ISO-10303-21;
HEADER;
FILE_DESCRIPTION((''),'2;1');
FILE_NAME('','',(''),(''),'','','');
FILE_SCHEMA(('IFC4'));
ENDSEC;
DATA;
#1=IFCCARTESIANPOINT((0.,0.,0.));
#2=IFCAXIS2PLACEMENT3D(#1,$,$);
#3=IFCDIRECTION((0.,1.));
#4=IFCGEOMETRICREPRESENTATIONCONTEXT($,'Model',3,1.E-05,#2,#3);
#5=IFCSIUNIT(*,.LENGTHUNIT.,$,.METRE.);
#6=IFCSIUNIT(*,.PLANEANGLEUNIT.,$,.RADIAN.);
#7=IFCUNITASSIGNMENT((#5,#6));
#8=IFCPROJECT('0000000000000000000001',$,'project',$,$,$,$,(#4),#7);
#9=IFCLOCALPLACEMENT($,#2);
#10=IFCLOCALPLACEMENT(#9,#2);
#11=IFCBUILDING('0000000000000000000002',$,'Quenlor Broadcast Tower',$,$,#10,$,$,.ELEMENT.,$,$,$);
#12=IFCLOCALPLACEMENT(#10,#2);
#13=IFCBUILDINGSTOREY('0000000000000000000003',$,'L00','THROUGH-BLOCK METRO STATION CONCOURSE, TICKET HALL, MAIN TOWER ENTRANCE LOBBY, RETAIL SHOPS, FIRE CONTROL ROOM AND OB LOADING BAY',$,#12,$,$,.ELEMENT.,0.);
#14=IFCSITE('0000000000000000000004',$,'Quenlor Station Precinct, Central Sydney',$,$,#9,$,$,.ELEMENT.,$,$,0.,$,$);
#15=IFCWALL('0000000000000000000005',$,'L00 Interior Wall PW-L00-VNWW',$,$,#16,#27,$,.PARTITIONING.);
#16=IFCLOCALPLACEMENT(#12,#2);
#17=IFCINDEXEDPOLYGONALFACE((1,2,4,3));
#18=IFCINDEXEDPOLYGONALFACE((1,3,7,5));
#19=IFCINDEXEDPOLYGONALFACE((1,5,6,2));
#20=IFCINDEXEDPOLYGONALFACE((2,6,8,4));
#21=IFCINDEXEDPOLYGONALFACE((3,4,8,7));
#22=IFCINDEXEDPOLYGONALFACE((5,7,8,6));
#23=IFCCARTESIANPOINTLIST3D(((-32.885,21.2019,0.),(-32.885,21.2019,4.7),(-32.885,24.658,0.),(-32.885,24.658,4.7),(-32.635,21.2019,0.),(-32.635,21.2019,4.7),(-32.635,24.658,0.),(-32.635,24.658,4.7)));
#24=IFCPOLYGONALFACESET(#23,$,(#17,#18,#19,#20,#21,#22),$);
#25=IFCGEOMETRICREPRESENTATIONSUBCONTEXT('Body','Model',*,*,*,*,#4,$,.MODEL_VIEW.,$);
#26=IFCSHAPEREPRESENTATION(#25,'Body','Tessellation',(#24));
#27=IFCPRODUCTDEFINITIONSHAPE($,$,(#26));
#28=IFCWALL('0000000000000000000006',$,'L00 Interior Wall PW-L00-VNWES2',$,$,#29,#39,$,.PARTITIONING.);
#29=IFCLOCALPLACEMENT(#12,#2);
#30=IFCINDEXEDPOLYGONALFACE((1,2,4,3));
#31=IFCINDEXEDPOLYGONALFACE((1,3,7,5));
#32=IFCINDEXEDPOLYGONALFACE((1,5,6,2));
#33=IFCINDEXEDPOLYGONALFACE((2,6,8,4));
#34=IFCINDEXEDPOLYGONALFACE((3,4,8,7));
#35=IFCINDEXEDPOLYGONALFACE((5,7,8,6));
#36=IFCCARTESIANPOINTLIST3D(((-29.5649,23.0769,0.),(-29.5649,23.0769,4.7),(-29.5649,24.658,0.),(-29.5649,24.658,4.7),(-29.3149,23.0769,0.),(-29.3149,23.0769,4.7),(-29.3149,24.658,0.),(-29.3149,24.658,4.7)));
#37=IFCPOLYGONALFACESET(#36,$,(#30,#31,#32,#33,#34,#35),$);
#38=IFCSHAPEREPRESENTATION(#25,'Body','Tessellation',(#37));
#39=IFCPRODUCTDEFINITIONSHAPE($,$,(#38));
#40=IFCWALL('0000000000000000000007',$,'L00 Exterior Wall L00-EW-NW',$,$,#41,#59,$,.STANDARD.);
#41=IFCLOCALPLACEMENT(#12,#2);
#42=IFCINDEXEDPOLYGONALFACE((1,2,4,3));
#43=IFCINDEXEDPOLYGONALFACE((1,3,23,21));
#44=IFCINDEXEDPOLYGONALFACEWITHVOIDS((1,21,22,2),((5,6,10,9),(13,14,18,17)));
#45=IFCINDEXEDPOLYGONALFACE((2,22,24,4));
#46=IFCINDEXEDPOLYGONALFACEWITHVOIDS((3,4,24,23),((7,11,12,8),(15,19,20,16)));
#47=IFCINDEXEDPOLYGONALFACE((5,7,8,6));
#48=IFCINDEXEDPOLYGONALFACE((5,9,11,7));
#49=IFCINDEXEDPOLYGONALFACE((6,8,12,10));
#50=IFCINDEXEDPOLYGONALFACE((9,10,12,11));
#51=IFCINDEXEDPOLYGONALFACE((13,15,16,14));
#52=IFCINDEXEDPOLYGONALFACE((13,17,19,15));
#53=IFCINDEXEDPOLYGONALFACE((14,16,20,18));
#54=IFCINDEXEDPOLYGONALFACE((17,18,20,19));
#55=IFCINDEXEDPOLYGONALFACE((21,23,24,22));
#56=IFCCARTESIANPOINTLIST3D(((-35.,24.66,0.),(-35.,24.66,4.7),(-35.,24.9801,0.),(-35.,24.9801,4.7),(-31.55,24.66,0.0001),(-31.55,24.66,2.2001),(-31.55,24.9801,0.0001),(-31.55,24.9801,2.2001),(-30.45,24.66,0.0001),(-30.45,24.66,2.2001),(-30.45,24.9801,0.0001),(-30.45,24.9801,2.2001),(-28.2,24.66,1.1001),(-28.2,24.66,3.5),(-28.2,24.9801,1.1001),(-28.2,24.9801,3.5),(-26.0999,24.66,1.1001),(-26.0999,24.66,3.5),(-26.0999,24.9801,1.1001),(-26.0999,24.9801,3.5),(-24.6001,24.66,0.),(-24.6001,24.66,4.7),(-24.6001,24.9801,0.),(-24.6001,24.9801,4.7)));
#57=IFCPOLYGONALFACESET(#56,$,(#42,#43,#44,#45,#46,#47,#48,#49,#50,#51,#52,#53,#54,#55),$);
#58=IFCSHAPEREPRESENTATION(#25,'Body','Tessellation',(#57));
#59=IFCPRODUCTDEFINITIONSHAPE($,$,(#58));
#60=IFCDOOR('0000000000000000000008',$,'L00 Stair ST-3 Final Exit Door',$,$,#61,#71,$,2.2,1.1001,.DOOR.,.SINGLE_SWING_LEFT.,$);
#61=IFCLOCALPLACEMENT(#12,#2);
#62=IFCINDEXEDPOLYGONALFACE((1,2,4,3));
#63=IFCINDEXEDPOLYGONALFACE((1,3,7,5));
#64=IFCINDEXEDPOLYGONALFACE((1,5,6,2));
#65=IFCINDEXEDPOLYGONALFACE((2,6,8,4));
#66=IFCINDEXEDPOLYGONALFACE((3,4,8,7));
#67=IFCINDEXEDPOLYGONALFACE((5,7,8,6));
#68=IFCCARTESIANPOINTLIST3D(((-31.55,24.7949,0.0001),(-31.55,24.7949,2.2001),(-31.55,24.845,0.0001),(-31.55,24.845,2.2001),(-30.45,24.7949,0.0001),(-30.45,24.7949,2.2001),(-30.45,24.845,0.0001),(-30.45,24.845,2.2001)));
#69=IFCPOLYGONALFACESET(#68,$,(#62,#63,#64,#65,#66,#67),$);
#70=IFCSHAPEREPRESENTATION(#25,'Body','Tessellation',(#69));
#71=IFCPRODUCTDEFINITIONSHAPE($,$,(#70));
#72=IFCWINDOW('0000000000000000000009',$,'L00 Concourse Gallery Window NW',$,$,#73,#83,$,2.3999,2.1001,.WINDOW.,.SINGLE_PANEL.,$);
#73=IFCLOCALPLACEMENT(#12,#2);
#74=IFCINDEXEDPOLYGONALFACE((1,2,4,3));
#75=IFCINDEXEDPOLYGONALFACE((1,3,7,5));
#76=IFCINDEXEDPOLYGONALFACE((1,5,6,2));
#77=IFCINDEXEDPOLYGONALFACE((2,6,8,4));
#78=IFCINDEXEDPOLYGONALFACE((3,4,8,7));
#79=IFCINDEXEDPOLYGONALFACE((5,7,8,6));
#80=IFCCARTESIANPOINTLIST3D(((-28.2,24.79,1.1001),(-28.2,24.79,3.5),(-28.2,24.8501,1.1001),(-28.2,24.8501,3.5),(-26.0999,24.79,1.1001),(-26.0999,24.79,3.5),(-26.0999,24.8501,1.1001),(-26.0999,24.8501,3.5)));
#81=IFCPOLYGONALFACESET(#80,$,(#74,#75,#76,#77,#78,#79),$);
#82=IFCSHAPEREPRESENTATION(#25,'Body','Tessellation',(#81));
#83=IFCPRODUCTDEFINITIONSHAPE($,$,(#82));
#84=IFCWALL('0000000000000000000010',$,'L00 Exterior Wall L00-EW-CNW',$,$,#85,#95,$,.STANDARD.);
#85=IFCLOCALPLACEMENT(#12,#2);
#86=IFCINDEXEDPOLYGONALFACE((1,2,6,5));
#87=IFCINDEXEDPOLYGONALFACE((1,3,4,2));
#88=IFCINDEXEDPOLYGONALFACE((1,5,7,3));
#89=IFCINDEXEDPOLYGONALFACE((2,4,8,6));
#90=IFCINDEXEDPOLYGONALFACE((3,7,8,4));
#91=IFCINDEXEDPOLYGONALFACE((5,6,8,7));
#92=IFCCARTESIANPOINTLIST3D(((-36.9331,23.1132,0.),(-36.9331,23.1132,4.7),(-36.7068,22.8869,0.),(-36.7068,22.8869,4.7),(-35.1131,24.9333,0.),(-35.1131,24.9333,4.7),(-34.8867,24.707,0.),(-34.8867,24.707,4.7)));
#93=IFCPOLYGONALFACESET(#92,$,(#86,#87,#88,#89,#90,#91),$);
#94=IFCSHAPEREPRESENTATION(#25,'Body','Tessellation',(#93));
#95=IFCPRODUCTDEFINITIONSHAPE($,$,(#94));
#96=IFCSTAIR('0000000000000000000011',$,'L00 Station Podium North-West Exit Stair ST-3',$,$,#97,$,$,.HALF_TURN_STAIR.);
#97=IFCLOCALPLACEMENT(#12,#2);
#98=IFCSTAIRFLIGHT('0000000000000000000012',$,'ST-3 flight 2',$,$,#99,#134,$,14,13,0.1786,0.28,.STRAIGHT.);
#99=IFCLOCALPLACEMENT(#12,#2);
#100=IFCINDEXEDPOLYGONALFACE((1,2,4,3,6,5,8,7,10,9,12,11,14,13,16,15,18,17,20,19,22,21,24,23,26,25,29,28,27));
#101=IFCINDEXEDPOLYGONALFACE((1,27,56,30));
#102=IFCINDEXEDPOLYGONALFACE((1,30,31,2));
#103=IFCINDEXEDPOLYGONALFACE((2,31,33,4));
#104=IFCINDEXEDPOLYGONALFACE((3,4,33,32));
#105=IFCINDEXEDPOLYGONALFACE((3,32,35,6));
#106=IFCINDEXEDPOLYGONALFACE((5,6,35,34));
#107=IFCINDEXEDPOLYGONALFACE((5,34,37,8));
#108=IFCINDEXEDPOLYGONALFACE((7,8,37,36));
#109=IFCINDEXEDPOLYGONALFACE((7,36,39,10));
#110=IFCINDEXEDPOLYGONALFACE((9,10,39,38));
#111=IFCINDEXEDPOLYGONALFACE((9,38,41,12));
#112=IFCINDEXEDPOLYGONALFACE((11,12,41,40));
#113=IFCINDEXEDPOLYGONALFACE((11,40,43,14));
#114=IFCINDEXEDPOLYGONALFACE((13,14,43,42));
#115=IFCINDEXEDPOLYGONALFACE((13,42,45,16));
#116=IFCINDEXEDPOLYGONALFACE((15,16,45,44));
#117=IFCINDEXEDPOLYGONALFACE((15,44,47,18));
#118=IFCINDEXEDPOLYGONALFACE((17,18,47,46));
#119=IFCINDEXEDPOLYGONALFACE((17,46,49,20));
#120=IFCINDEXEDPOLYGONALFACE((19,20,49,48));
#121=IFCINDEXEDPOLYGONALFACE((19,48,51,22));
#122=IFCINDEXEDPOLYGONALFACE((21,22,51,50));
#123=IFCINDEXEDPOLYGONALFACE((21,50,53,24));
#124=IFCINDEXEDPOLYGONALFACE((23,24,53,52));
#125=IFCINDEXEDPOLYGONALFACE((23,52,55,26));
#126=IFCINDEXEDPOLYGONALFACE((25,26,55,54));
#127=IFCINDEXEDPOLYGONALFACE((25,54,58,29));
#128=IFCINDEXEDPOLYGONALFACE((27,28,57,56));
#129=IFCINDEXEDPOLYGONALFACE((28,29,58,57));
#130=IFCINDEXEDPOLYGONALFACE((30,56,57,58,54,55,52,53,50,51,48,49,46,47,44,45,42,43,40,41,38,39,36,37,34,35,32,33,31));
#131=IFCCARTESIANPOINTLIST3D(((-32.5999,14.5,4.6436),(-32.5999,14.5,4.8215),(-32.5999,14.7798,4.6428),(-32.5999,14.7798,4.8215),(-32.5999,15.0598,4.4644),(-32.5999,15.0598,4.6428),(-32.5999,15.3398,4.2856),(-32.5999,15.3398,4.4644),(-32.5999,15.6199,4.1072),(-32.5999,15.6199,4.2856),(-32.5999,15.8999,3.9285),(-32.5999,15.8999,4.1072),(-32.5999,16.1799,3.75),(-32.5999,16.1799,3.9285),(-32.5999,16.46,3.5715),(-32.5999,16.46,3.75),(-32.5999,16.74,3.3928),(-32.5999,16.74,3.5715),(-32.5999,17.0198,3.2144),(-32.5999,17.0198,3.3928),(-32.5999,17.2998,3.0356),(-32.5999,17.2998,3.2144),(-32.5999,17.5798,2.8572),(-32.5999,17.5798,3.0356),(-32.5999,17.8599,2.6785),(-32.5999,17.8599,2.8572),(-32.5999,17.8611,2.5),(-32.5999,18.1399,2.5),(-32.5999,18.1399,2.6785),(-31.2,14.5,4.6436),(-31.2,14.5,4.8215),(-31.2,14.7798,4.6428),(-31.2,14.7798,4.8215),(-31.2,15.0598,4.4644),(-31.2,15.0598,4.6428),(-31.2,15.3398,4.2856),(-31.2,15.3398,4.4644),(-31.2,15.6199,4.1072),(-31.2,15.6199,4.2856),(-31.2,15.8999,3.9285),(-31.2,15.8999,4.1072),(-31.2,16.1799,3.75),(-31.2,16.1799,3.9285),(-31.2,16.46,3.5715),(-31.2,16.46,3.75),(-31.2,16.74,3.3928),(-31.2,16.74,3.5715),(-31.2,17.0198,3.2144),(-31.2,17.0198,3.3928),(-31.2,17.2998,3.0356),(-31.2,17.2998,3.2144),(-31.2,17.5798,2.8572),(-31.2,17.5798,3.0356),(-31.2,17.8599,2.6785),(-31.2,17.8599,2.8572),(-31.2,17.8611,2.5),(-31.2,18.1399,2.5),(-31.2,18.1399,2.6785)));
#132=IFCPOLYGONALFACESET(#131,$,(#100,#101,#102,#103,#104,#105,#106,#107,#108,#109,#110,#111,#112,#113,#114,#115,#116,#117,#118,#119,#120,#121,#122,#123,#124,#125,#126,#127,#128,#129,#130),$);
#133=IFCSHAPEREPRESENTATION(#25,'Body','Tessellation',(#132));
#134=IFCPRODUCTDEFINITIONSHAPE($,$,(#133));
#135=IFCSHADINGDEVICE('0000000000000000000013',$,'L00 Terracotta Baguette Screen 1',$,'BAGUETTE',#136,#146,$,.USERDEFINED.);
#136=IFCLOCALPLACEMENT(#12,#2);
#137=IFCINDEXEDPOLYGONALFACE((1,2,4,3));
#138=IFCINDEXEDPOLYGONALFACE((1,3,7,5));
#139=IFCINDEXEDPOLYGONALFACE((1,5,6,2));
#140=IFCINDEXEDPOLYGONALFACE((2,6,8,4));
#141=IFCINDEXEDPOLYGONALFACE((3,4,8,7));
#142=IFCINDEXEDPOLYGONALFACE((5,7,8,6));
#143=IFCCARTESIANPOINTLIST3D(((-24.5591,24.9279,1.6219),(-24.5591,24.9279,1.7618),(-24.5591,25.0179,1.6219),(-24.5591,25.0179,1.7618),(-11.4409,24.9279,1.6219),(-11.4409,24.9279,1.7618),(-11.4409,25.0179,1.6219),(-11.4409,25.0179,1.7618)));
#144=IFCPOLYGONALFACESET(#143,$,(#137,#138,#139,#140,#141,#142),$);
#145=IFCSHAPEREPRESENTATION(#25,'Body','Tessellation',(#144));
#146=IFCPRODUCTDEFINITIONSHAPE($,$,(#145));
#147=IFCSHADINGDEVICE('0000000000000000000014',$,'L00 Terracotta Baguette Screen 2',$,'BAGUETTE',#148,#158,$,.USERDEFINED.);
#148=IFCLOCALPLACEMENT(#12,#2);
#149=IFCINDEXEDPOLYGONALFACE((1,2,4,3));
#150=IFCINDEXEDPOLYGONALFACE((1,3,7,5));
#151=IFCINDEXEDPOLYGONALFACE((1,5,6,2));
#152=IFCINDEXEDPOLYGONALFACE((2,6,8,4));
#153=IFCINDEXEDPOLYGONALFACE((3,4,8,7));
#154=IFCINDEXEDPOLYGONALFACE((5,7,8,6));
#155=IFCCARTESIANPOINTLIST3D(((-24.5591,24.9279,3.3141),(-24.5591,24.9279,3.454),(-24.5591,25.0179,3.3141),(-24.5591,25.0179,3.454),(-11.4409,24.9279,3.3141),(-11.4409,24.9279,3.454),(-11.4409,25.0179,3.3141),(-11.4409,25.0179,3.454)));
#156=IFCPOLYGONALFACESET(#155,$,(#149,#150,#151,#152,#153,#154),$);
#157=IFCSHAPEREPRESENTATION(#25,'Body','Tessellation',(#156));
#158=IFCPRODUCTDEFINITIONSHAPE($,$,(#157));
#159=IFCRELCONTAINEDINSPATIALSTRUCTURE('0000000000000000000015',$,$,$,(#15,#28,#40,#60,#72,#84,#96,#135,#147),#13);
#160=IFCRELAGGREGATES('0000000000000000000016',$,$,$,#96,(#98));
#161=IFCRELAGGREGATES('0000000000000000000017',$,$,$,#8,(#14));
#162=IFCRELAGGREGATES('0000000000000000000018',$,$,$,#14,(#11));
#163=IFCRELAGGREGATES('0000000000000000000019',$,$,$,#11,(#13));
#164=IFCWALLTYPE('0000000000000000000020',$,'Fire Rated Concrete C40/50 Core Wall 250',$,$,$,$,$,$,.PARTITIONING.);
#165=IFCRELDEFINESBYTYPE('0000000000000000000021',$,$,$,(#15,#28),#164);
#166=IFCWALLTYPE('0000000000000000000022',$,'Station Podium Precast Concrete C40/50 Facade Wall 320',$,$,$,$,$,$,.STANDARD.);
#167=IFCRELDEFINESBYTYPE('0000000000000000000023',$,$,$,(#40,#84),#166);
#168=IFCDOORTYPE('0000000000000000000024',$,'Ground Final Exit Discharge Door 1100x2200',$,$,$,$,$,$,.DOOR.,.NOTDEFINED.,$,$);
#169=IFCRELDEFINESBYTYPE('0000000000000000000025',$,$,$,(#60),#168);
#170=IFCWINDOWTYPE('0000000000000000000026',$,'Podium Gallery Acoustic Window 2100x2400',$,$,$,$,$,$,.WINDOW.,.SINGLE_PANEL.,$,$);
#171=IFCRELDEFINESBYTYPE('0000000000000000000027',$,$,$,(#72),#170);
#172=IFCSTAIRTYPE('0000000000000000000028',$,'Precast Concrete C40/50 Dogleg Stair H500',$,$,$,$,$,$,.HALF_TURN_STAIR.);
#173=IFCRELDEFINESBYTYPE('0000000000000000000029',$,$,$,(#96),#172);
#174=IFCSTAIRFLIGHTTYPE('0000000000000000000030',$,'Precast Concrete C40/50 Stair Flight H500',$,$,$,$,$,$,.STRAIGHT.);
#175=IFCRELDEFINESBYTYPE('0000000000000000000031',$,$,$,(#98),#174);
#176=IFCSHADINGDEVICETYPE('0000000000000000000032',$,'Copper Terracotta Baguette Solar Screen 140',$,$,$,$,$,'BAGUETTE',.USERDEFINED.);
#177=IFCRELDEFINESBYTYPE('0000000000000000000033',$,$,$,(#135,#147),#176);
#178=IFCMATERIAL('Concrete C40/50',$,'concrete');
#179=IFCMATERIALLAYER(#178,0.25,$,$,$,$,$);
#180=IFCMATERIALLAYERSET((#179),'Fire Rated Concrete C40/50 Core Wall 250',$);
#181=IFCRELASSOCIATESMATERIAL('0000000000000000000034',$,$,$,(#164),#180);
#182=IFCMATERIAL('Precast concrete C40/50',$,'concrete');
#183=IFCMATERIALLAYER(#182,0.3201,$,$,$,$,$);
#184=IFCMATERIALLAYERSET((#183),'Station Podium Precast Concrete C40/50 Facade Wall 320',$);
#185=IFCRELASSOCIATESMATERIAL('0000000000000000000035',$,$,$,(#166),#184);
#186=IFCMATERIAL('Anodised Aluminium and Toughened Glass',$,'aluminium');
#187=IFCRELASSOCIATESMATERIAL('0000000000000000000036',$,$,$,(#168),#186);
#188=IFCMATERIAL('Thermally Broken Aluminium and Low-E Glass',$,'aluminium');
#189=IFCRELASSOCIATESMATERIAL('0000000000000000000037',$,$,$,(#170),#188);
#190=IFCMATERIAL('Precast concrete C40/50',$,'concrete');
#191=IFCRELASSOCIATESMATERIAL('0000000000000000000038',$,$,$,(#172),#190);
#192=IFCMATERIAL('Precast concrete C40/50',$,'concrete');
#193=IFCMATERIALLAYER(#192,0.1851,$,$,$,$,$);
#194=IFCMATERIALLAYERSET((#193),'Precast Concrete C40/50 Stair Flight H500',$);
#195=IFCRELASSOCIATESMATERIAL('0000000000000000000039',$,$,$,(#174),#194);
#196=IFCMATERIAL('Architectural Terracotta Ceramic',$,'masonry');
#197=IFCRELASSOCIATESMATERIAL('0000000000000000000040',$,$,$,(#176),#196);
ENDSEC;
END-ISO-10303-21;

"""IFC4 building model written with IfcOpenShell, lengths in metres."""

from ifc_helpers import new_model, si_unit, direction, frame, frame_2d, origin, origin_2d, place, context, subcontext, project, spatial, polyline, rectangle, outline, extrude, material, layer, layer_set, material_profile, profile_set, type_object, element, fill, aggregate, save


model = new_model("IFC4")

# Units and contexts
model_context = context("Model", 3, precision=1e-05, world=origin(), true_north=direction((0.0, 1.0)))
body_context = subcontext(model_context, "Body", "Model", "MODEL_VIEW")
ifc_project = project(units=[si_unit("LENGTHUNIT", "METRE"), si_unit("PLANEANGLEUNIT", "RADIAN")], contexts=[model_context])

# Site, building, storey
site_placement = place(None, origin())
site = spatial("IfcSite", under=ifc_project, at=site_placement, Name="Quenlor Station Precinct, Central Sydney", CompositionType="ELEMENT", RefElevation=0.0)
building_placement = place(site_placement, origin())
building = spatial("IfcBuilding", under=site, at=building_placement, Name="Quenlor Broadcast Tower", CompositionType="ELEMENT")
storey_placement = place(building_placement, origin())
storey = spatial("IfcBuildingStorey", under=building, at=storey_placement, Name="L00", Description="THROUGH-BLOCK METRO STATION CONCOURSE, TICKET HALL, MAIN TOWER ENTRANCE LOBBY, RETAIL SHOPS, FIRE CONTROL ROOM AND OB LOADING BAY", CompositionType="ELEMENT", Elevation=0.0)

# Wall
ifc_material_1 = material(Name="Concrete C40/50", Category="concrete")
ifc_layer_1 = layer(ifc_material_1, 0.25)
ifc_layer_set_1 = layer_set([ifc_layer_1], Name="Fire Rated Concrete C40/50 Core Wall 250")
wall_type_1 = type_object("IfcWallType", Name="Fire Rated Concrete C40/50 Core Wall 250", PredefinedType="PARTITIONING", material=ifc_layer_set_1)
wall_1_placement = place(storey_placement, frame((-32.76, 21.2019, 0.0), z_axis=(0.0, 0.0, 1.0), x_axis=(0.0, 1.0, 0.0)))
element("IfcWall", 1, at=wall_1_placement, inside=storey, type_object=wall_type_1, Name="L00 Interior Wall PW-L00-VNWW", PredefinedType="PARTITIONING", context=body_context, shape_type="SweptSolid", body=[
    extrude(rectangle(XDim=3.4561, YDim=0.25, at=frame_2d((1.728, 0.0))), origin(), (0.0, 0.0, 1.0), 4.7),
])

# Wall
wall_2_placement = place(storey_placement, frame((-29.4399, 23.0769, 0.0), z_axis=(0.0, 0.0, 1.0), x_axis=(0.0, 1.0, 0.0)))
element("IfcWall", 2, at=wall_2_placement, inside=storey, type_object=wall_type_1, Name="L00 Interior Wall PW-L00-VNWES2", PredefinedType="PARTITIONING", context=body_context, shape_type="SweptSolid", body=[
    extrude(rectangle(XDim=1.5811, YDim=0.25, at=frame_2d((0.7905, 0.0))), origin(), (0.0, 0.0, 1.0), 4.7),
])

# Wall, openings, door, window
ifc_material_2 = material(Name="Precast concrete C40/50", Category="concrete")
ifc_layer_2 = layer(ifc_material_2, 0.3201)
ifc_layer_set_2 = layer_set([ifc_layer_2], Name="Station Podium Precast Concrete C40/50 Facade Wall 320")
wall_type_2 = type_object("IfcWallType", Name="Station Podium Precast Concrete C40/50 Facade Wall 320", PredefinedType="STANDARD", material=ifc_layer_set_2)
wall_3_placement = place(storey_placement, frame((-35.0, 24.8201, 0.0), z_axis=(0.0, 0.0, 1.0), x_axis=(1.0, 0.0, 0.0)))
wall_3 = element("IfcWall", 3, at=wall_3_placement, inside=storey, type_object=wall_type_2, Name="L00 Exterior Wall L00-EW-NW", PredefinedType="STANDARD", context=body_context, shape_type="SweptSolid", body=[
    extrude(rectangle(XDim=10.3999, YDim=0.3201, at=frame_2d((5.2, 0.0))), origin(), (0.0, 0.0, 1.0), 4.7),
])
opening_1_placement = place(wall_3_placement, frame((3.45, 0.0, 0.0)))
opening_1 = element("IfcOpeningElement", 4, at=opening_1_placement, cuts=wall_3, PredefinedType="OPENING", context=body_context, shape_type="SweptSolid", body=[
    extrude(rectangle(XDim=1.1001, YDim=2.2, at=frame_2d((0.55, 1.1001))), frame((0.0, 0.1699, 0.0), z_axis=(0.0, -1.0, 0.0), x_axis=(1.0, 0.0, 0.0)), (0.0, 0.0, 1.0), 0.3401),
])
opening_2_placement = place(wall_3_placement, frame((6.8, 0.0, 1.1001)))
opening_2 = element("IfcOpeningElement", 5, at=opening_2_placement, cuts=wall_3, PredefinedType="OPENING", context=body_context, shape_type="SweptSolid", body=[
    extrude(rectangle(XDim=2.1001, YDim=2.3999, at=frame_2d((1.05, 1.2))), frame((0.0, 0.1699, 0.0), z_axis=(0.0, -1.0, 0.0), x_axis=(1.0, 0.0, 0.0)), (0.0, 0.0, 1.0), 0.3401),
])
ifc_material_3 = material(Name="Anodised Aluminium and Toughened Glass", Category="aluminium")
door_type_1 = type_object("IfcDoorType", Name="Ground Final Exit Discharge Door 1100x2200", OperationType="NOTDEFINED", PredefinedType="DOOR", material=ifc_material_3)
door_1_placement = place(opening_1_placement, origin())
door_1 = element("IfcDoor", 6, at=door_1_placement, inside=storey, type_object=door_type_1, Name="L00 Stair ST-3 Final Exit Door", OperationType="SINGLE_SWING_LEFT", OverallHeight=2.2, OverallWidth=1.1001, PredefinedType="DOOR", context=body_context, shape_type="SweptSolid", body=[
    extrude(rectangle(XDim=1.1001, YDim=2.2, at=frame_2d((0.55, 1.1001))), frame((0.0, 0.0249, 0.0), z_axis=(0.0, -1.0, 0.0), x_axis=(1.0, 0.0, 0.0)), (0.0, 0.0, 1.0), 0.05),
])
fill(opening_1, door_1)
ifc_material_4 = material(Name="Thermally Broken Aluminium and Low-E Glass", Category="aluminium")
window_type = type_object("IfcWindowType", Name="Podium Gallery Acoustic Window 2100x2400", PartitioningType="SINGLE_PANEL", PredefinedType="WINDOW", material=ifc_material_4)
window_placement = place(opening_2_placement, origin())
window = element("IfcWindow", 7, at=window_placement, inside=storey, type_object=window_type, Name="L00 Concourse Gallery Window NW", OverallHeight=2.3999, OverallWidth=2.1001, PartitioningType="SINGLE_PANEL", PredefinedType="WINDOW", context=body_context, shape_type="SweptSolid", body=[
    extrude(rectangle(XDim=2.1001, YDim=2.3999, at=frame_2d((1.05, 1.2))), frame((0.0, 0.03, 0.0), z_axis=(0.0, -1.0, 0.0), x_axis=(1.0, 0.0, 0.0)), (0.0, 0.0, 1.0), 0.0601),
])
fill(opening_2, window)

# Wall
wall_4_placement = place(storey_placement, frame((-36.8201, 23.0, 0.0), z_axis=(0.0, 0.0, 1.0), x_axis=(0.707107, 0.707107, 0.0)))
element("IfcWall", 8, at=wall_4_placement, inside=storey, type_object=wall_type_2, Name="L00 Exterior Wall L00-EW-CNW", PredefinedType="STANDARD", context=body_context, shape_type="SweptSolid", body=[
    extrude(rectangle(XDim=2.574, YDim=0.3201, at=frame_2d((1.2871, 0.0))), origin(), (0.0, 0.0, 1.0), 4.7),
])

# Stair, stair flight
ifc_material_5 = material(Name="Precast concrete C40/50", Category="concrete")
stair_type = type_object("IfcStairType", Name="Precast Concrete C40/50 Dogleg Stair H500", PredefinedType="HALF_TURN_STAIR", material=ifc_material_5)
stair_placement = place(storey_placement, origin())
stair = element("IfcStair", 9, at=stair_placement, inside=storey, type_object=stair_type, Name="L00 Station Podium North-West Exit Stair ST-3", PredefinedType="HALF_TURN_STAIR")
ifc_material_6 = material(Name="Precast concrete C40/50", Category="concrete")
ifc_layer_3 = layer(ifc_material_6, 0.1851)
ifc_layer_set_3 = layer_set([ifc_layer_3], Name="Precast Concrete C40/50 Stair Flight H500")
stair_flight_type = type_object("IfcStairFlightType", Name="Precast Concrete C40/50 Stair Flight H500", PredefinedType="STRAIGHT", material=ifc_layer_set_3)
stair_flight_placement = place(storey_placement, frame((-31.8999, 18.1399, 2.5), z_axis=(0.0, 0.0, 1.0), x_axis=(0.0, -1.0, 0.0)))
stair_flight = element("IfcStairFlight", 10, at=stair_flight_placement, type_object=stair_flight_type, Name="ST-3 flight 2", NumberOfRisers=14, NumberOfTreads=13, PredefinedType="STRAIGHT", RiserHeight=0.1786, TreadLength=0.28, context=body_context, shape_type="SweptSolid", body=[
    extrude(outline(polyline([(0.0, 0.0), (0.0, 0.1785), (0.28, 0.1785), (0.28, 0.3572), (0.5601, 0.3572), (0.5601, 0.5356), (0.8401, 0.5356), (0.8401, 0.7144), (1.1201, 0.7144), (1.1201, 0.8928), (1.3999, 0.8928), (1.3999, 1.0715), (1.6799, 1.0715), (1.6799, 1.25), (1.96, 1.25), (1.96, 1.4285), (2.24, 1.4285), (2.24, 1.6072), (2.52, 1.6072), (2.52, 1.7856), (2.8, 1.7856), (2.8, 1.9644), (3.0801, 1.9644), (3.0801, 2.1428), (3.3601, 2.1428), (3.3601, 2.3215), (3.6399, 2.3215), (3.6399, 2.5), (3.6399, 2.1436), (0.2788, 0.0), (0.0, 0.0)])), frame((0.0, 0.7, 0.0), z_axis=(0.0, -1.0, 0.0), x_axis=(1.0, 0.0, 0.0)), (0.0, 0.0, 1.0), 1.3999),
])
aggregate(stair, [stair_flight])

# Shading devices
ifc_material_7 = material(Name="Architectural Terracotta Ceramic", Category="masonry")
ifc_material_profile_1 = material_profile(ifc_material_7, rectangle(XDim=0.0901, YDim=0.1399, at=origin_2d()))
ifc_profile_set_1 = profile_set([ifc_material_profile_1], Name="Architectural Terracotta Ceramic BAG90x140")
shading_device_type = type_object("IfcShadingDeviceType", Name="Copper Terracotta Baguette Solar Screen 140", ElementType="BAGUETTE", PredefinedType="USERDEFINED", material=ifc_profile_set_1)
for number, where, z_axis, x_axis, name in (
    (11, (-24.5591, 24.9729, 1.6919), (1.0, 0.0, 0.0), (0.0, 1.0, 0.0), "L00 Terracotta Baguette Screen 1"),
    (12, (-24.5591, 24.9729, 3.384), (1.0, 0.0, 0.0), (0.0, 1.0, 0.0), "L00 Terracotta Baguette Screen 2"),
):
    element("IfcShadingDevice", number, at=place(storey_placement, frame(where, z_axis=z_axis, x_axis=x_axis)), inside=storey, type_object=shading_device_type, Name=name, ObjectType="BAGUETTE", PredefinedType="USERDEFINED", context=body_context, shape_type="SweptSolid", body=[
        extrude(rectangle(XDim=0.0901, YDim=0.1399, at=origin_2d()), origin(), (0.0, 0.0, 1.0), 13.1182),
    ])

save(model, "model.ifc")
